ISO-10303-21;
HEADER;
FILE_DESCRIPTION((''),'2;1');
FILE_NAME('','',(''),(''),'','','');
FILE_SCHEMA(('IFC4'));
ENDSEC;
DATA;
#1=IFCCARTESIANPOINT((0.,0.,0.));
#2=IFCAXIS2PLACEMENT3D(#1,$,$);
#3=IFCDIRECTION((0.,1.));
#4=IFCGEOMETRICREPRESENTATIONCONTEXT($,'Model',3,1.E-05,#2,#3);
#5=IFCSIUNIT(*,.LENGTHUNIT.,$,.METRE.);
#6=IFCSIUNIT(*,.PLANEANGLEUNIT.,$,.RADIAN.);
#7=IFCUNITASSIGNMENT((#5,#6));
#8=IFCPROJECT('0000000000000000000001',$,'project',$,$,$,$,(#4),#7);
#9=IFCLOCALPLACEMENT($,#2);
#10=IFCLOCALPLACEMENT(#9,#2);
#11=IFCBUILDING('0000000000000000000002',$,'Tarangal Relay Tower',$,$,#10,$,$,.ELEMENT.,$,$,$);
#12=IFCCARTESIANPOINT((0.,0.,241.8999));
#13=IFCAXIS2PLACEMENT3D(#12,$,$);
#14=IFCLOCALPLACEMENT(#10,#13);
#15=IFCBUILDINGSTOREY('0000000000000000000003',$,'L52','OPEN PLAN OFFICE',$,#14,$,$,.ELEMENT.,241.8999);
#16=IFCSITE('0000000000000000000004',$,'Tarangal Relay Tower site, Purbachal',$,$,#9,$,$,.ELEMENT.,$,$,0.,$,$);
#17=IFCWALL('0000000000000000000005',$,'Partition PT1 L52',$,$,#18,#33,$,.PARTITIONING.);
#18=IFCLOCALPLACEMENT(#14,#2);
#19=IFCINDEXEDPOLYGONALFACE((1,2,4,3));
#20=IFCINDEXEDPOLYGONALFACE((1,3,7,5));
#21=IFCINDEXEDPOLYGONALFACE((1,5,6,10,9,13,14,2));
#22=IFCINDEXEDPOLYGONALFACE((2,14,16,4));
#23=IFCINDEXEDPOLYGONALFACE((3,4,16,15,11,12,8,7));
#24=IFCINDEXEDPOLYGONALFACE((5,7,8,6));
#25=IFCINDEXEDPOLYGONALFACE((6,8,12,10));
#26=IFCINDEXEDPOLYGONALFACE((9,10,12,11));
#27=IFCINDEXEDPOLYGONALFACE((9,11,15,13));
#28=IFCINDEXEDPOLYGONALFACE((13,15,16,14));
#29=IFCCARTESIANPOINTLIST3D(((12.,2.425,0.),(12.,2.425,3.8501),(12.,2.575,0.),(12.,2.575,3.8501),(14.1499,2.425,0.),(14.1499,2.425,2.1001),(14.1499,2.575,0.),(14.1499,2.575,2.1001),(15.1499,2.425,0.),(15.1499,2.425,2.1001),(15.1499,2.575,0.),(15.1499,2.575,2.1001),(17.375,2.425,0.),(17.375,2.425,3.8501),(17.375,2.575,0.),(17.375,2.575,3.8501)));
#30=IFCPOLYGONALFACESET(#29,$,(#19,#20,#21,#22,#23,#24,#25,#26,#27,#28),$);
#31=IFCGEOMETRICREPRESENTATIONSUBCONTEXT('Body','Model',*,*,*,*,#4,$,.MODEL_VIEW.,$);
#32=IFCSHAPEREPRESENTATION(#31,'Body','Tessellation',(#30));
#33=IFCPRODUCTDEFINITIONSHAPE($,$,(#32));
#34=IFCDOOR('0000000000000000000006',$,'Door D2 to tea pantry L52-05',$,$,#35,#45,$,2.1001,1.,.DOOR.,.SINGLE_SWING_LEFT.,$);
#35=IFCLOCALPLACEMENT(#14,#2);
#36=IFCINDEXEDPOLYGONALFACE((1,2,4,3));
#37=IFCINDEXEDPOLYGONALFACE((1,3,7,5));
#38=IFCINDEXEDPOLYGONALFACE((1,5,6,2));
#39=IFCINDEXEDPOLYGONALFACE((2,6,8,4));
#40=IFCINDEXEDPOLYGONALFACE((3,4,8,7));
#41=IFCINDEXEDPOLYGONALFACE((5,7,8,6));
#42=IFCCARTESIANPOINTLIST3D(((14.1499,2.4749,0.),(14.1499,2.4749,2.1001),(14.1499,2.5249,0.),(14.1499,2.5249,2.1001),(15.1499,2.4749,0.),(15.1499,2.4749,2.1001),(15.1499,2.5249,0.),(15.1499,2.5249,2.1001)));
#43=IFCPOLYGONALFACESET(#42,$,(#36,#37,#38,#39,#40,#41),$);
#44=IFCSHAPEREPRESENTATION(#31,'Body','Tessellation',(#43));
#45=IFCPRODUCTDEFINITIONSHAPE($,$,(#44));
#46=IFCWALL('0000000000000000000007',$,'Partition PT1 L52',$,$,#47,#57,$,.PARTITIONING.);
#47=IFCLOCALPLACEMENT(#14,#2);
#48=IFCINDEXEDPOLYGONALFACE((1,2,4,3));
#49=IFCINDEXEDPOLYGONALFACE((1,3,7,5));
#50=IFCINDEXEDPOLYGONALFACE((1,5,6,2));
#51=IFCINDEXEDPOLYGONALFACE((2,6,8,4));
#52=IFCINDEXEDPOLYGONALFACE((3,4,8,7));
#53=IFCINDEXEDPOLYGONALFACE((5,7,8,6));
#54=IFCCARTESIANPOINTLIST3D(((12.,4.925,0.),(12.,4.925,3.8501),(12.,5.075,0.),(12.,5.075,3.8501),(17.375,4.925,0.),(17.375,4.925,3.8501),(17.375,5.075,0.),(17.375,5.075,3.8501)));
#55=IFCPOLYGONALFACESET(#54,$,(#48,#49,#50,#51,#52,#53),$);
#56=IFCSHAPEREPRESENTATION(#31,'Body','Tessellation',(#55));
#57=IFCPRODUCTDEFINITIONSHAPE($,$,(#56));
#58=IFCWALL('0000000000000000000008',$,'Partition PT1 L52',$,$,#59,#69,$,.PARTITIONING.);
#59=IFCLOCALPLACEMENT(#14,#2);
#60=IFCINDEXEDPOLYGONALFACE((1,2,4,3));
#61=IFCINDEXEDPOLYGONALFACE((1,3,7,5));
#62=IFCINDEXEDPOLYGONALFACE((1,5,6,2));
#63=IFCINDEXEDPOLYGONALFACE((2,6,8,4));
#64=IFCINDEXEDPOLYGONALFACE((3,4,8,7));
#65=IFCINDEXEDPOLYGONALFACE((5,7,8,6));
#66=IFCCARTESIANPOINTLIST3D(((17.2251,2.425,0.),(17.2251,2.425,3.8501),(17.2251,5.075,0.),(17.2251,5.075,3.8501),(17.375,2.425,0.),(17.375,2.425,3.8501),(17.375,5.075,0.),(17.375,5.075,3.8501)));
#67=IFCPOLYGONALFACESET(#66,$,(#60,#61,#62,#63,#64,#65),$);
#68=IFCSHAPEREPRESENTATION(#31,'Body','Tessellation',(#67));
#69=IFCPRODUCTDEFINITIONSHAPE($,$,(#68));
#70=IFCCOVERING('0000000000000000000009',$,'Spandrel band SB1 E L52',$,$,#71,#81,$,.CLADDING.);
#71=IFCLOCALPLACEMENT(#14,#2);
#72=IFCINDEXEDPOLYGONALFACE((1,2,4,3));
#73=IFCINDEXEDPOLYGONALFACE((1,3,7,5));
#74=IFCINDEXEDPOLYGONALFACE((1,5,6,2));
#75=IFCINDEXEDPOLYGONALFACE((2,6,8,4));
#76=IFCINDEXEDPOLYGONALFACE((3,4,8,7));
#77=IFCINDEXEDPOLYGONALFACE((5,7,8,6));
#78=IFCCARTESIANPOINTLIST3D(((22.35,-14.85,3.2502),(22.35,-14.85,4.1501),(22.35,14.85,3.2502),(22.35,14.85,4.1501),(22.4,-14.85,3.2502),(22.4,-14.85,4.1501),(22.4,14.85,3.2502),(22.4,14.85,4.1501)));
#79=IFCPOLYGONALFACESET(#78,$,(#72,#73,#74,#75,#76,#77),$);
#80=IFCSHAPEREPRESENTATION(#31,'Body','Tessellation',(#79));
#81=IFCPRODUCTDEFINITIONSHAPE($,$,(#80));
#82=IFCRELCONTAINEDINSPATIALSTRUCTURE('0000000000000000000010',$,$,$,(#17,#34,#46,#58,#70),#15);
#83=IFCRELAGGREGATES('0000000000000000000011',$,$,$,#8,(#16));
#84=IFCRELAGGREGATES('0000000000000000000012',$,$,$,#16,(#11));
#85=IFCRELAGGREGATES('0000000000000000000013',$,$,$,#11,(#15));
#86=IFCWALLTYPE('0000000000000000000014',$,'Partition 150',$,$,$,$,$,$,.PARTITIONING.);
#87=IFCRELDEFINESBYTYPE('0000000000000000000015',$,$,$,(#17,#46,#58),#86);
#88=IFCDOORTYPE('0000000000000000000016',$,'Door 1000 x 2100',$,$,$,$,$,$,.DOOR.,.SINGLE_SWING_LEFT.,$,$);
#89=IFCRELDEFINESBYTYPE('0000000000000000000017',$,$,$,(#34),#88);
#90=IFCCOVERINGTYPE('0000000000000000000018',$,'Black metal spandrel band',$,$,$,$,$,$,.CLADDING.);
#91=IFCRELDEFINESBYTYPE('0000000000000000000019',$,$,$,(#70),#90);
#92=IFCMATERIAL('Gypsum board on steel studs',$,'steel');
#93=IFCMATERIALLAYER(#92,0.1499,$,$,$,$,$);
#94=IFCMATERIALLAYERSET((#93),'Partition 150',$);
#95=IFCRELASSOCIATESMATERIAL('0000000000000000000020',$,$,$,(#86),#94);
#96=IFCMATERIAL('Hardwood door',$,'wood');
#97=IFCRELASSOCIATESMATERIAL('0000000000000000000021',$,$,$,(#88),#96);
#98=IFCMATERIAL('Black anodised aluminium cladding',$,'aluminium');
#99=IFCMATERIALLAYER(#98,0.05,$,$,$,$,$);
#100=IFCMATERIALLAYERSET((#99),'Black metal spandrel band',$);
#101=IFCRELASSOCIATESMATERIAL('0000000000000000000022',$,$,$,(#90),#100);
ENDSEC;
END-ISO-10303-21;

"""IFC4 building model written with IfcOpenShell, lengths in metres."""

from ifc_helpers import new_model, si_unit, direction, frame, frame_2d, origin, origin_2d, place, context, subcontext, project, spatial, rectangle, extrude, material, layer, layer_set, type_object, element, fill, save


model = new_model("IFC4")

# Units and contexts
model_context = context("Model", 3, precision=1e-05, world=origin(), true_north=direction((0.0, 1.0)))
body_context = subcontext(model_context, "Body", "Model", "MODEL_VIEW")
ifc_project = project(units=[si_unit("LENGTHUNIT", "METRE"), si_unit("PLANEANGLEUNIT", "RADIAN")], contexts=[model_context])

# Site, building, storey
site_placement = place(None, origin())
site = spatial("IfcSite", under=ifc_project, at=site_placement, Name="Tarangal Relay Tower site, Purbachal", CompositionType="ELEMENT", RefElevation=0.0)
building_placement = place(site_placement, origin())
building = spatial("IfcBuilding", under=site, at=building_placement, Name="Tarangal Relay Tower", CompositionType="ELEMENT")
storey_placement = place(building_placement, frame((0.0, 0.0, 241.8999)))
storey = spatial("IfcBuildingStorey", under=building, at=storey_placement, Name="L52", Description="OPEN PLAN OFFICE", CompositionType="ELEMENT", Elevation=241.8999)

# Wall, opening, door
ifc_material_1 = material(Name="Gypsum board on steel studs", Category="steel")
ifc_layer_1 = layer(ifc_material_1, 0.1499)
ifc_layer_set_1 = layer_set([ifc_layer_1], Name="Partition 150")
wall_type_1 = type_object("IfcWallType", Name="Partition 150", PredefinedType="PARTITIONING", material=ifc_layer_set_1)
wall_1_placement = place(storey_placement, frame((12.0, 2.5, 0.0), z_axis=(0.0, 0.0, 1.0), x_axis=(1.0, 0.0, 0.0)))
wall_1 = element("IfcWall", 1, at=wall_1_placement, inside=storey, type_object=wall_type_1, Name="Partition PT1 L52", PredefinedType="PARTITIONING", context=body_context, shape_type="SweptSolid", body=[
    extrude(rectangle(XDim=5.375, YDim=0.1499, at=frame_2d((2.6875, 0.0))), origin(), (0.0, 0.0, 1.0), 3.8501),
])
opening_1_placement = place(wall_1_placement, frame((2.1499, 0.0, 0.0)))
opening_1 = element("IfcOpeningElement", 2, at=opening_1_placement, cuts=wall_1, PredefinedType="OPENING", context=body_context, shape_type="SweptSolid", body=[
    extrude(rectangle(XDim=1.0, YDim=2.1001, at=frame_2d((0.5, 1.05))), frame((0.0, 0.085, 0.0), z_axis=(0.0, -1.0, 0.0), x_axis=(1.0, 0.0, 0.0)), (0.0, 0.0, 1.0), 0.1699),
])
ifc_material_2 = material(Name="Hardwood door", Category="wood")
door_type_1 = type_object("IfcDoorType", Name="Door 1000 x 2100", OperationType="SINGLE_SWING_LEFT", PredefinedType="DOOR", material=ifc_material_2)
door_1_placement = place(opening_1_placement, origin())
door_1 = element("IfcDoor", 3, at=door_1_placement, inside=storey, type_object=door_type_1, Name="Door D2 to tea pantry L52-05", OperationType="SINGLE_SWING_LEFT", OverallHeight=2.1001, OverallWidth=1.0, PredefinedType="DOOR", context=body_context, shape_type="SweptSolid", body=[
    extrude(rectangle(XDim=1.0, YDim=2.1001, at=frame_2d((0.5, 1.05))), frame((0.0, 0.0249, 0.0), z_axis=(0.0, -1.0, 0.0), x_axis=(1.0, 0.0, 0.0)), (0.0, 0.0, 1.0), 0.05),
])
fill(opening_1, door_1)

# Walls
wall_2_placement = place(storey_placement, frame((12.0, 5.0, 0.0), z_axis=(0.0, 0.0, 1.0), x_axis=(1.0, 0.0, 0.0)))
element("IfcWall", 4, at=wall_2_placement, inside=storey, type_object=wall_type_1, Name="Partition PT1 L52", PredefinedType="PARTITIONING", context=body_context, shape_type="SweptSolid", body=[
    extrude(rectangle(XDim=5.375, YDim=0.1499, at=frame_2d((2.6875, 0.0))), origin(), (0.0, 0.0, 1.0), 3.8501),
])
wall_3_placement = place(storey_placement, frame((17.3, 2.425, 0.0), z_axis=(0.0, 0.0, 1.0), x_axis=(0.0, 1.0, 0.0)))
element("IfcWall", 5, at=wall_3_placement, inside=storey, type_object=wall_type_1, Name="Partition PT1 L52", PredefinedType="PARTITIONING", context=body_context, shape_type="SweptSolid", body=[
    extrude(rectangle(XDim=2.6499, YDim=0.1499, at=frame_2d((1.325, 0.0))), origin(), (0.0, 0.0, 1.0), 3.8501),
])

# Covering
ifc_material_3 = material(Name="Black anodised aluminium cladding", Category="aluminium")
ifc_layer_2 = layer(ifc_material_3, 0.05)
ifc_layer_set_2 = layer_set([ifc_layer_2], Name="Black metal spandrel band")
covering_type = type_object("IfcCoveringType", Name="Black metal spandrel band", PredefinedType="CLADDING", material=ifc_layer_set_2)
covering_placement = place(storey_placement, frame((22.375, 0.0, 3.2502), z_axis=(0.0, 0.0, 1.0), x_axis=(0.0, -1.0, 0.0)))
element("IfcCovering", 6, at=covering_placement, inside=storey, type_object=covering_type, Name="Spandrel band SB1 E L52", PredefinedType="CLADDING", context=body_context, shape_type="SweptSolid", body=[
    extrude(rectangle(XDim=29.7, YDim=0.05, at=origin_2d()), origin(), (0.0, 0.0, 1.0), 0.8999),
])

save(model, "model.ifc")
